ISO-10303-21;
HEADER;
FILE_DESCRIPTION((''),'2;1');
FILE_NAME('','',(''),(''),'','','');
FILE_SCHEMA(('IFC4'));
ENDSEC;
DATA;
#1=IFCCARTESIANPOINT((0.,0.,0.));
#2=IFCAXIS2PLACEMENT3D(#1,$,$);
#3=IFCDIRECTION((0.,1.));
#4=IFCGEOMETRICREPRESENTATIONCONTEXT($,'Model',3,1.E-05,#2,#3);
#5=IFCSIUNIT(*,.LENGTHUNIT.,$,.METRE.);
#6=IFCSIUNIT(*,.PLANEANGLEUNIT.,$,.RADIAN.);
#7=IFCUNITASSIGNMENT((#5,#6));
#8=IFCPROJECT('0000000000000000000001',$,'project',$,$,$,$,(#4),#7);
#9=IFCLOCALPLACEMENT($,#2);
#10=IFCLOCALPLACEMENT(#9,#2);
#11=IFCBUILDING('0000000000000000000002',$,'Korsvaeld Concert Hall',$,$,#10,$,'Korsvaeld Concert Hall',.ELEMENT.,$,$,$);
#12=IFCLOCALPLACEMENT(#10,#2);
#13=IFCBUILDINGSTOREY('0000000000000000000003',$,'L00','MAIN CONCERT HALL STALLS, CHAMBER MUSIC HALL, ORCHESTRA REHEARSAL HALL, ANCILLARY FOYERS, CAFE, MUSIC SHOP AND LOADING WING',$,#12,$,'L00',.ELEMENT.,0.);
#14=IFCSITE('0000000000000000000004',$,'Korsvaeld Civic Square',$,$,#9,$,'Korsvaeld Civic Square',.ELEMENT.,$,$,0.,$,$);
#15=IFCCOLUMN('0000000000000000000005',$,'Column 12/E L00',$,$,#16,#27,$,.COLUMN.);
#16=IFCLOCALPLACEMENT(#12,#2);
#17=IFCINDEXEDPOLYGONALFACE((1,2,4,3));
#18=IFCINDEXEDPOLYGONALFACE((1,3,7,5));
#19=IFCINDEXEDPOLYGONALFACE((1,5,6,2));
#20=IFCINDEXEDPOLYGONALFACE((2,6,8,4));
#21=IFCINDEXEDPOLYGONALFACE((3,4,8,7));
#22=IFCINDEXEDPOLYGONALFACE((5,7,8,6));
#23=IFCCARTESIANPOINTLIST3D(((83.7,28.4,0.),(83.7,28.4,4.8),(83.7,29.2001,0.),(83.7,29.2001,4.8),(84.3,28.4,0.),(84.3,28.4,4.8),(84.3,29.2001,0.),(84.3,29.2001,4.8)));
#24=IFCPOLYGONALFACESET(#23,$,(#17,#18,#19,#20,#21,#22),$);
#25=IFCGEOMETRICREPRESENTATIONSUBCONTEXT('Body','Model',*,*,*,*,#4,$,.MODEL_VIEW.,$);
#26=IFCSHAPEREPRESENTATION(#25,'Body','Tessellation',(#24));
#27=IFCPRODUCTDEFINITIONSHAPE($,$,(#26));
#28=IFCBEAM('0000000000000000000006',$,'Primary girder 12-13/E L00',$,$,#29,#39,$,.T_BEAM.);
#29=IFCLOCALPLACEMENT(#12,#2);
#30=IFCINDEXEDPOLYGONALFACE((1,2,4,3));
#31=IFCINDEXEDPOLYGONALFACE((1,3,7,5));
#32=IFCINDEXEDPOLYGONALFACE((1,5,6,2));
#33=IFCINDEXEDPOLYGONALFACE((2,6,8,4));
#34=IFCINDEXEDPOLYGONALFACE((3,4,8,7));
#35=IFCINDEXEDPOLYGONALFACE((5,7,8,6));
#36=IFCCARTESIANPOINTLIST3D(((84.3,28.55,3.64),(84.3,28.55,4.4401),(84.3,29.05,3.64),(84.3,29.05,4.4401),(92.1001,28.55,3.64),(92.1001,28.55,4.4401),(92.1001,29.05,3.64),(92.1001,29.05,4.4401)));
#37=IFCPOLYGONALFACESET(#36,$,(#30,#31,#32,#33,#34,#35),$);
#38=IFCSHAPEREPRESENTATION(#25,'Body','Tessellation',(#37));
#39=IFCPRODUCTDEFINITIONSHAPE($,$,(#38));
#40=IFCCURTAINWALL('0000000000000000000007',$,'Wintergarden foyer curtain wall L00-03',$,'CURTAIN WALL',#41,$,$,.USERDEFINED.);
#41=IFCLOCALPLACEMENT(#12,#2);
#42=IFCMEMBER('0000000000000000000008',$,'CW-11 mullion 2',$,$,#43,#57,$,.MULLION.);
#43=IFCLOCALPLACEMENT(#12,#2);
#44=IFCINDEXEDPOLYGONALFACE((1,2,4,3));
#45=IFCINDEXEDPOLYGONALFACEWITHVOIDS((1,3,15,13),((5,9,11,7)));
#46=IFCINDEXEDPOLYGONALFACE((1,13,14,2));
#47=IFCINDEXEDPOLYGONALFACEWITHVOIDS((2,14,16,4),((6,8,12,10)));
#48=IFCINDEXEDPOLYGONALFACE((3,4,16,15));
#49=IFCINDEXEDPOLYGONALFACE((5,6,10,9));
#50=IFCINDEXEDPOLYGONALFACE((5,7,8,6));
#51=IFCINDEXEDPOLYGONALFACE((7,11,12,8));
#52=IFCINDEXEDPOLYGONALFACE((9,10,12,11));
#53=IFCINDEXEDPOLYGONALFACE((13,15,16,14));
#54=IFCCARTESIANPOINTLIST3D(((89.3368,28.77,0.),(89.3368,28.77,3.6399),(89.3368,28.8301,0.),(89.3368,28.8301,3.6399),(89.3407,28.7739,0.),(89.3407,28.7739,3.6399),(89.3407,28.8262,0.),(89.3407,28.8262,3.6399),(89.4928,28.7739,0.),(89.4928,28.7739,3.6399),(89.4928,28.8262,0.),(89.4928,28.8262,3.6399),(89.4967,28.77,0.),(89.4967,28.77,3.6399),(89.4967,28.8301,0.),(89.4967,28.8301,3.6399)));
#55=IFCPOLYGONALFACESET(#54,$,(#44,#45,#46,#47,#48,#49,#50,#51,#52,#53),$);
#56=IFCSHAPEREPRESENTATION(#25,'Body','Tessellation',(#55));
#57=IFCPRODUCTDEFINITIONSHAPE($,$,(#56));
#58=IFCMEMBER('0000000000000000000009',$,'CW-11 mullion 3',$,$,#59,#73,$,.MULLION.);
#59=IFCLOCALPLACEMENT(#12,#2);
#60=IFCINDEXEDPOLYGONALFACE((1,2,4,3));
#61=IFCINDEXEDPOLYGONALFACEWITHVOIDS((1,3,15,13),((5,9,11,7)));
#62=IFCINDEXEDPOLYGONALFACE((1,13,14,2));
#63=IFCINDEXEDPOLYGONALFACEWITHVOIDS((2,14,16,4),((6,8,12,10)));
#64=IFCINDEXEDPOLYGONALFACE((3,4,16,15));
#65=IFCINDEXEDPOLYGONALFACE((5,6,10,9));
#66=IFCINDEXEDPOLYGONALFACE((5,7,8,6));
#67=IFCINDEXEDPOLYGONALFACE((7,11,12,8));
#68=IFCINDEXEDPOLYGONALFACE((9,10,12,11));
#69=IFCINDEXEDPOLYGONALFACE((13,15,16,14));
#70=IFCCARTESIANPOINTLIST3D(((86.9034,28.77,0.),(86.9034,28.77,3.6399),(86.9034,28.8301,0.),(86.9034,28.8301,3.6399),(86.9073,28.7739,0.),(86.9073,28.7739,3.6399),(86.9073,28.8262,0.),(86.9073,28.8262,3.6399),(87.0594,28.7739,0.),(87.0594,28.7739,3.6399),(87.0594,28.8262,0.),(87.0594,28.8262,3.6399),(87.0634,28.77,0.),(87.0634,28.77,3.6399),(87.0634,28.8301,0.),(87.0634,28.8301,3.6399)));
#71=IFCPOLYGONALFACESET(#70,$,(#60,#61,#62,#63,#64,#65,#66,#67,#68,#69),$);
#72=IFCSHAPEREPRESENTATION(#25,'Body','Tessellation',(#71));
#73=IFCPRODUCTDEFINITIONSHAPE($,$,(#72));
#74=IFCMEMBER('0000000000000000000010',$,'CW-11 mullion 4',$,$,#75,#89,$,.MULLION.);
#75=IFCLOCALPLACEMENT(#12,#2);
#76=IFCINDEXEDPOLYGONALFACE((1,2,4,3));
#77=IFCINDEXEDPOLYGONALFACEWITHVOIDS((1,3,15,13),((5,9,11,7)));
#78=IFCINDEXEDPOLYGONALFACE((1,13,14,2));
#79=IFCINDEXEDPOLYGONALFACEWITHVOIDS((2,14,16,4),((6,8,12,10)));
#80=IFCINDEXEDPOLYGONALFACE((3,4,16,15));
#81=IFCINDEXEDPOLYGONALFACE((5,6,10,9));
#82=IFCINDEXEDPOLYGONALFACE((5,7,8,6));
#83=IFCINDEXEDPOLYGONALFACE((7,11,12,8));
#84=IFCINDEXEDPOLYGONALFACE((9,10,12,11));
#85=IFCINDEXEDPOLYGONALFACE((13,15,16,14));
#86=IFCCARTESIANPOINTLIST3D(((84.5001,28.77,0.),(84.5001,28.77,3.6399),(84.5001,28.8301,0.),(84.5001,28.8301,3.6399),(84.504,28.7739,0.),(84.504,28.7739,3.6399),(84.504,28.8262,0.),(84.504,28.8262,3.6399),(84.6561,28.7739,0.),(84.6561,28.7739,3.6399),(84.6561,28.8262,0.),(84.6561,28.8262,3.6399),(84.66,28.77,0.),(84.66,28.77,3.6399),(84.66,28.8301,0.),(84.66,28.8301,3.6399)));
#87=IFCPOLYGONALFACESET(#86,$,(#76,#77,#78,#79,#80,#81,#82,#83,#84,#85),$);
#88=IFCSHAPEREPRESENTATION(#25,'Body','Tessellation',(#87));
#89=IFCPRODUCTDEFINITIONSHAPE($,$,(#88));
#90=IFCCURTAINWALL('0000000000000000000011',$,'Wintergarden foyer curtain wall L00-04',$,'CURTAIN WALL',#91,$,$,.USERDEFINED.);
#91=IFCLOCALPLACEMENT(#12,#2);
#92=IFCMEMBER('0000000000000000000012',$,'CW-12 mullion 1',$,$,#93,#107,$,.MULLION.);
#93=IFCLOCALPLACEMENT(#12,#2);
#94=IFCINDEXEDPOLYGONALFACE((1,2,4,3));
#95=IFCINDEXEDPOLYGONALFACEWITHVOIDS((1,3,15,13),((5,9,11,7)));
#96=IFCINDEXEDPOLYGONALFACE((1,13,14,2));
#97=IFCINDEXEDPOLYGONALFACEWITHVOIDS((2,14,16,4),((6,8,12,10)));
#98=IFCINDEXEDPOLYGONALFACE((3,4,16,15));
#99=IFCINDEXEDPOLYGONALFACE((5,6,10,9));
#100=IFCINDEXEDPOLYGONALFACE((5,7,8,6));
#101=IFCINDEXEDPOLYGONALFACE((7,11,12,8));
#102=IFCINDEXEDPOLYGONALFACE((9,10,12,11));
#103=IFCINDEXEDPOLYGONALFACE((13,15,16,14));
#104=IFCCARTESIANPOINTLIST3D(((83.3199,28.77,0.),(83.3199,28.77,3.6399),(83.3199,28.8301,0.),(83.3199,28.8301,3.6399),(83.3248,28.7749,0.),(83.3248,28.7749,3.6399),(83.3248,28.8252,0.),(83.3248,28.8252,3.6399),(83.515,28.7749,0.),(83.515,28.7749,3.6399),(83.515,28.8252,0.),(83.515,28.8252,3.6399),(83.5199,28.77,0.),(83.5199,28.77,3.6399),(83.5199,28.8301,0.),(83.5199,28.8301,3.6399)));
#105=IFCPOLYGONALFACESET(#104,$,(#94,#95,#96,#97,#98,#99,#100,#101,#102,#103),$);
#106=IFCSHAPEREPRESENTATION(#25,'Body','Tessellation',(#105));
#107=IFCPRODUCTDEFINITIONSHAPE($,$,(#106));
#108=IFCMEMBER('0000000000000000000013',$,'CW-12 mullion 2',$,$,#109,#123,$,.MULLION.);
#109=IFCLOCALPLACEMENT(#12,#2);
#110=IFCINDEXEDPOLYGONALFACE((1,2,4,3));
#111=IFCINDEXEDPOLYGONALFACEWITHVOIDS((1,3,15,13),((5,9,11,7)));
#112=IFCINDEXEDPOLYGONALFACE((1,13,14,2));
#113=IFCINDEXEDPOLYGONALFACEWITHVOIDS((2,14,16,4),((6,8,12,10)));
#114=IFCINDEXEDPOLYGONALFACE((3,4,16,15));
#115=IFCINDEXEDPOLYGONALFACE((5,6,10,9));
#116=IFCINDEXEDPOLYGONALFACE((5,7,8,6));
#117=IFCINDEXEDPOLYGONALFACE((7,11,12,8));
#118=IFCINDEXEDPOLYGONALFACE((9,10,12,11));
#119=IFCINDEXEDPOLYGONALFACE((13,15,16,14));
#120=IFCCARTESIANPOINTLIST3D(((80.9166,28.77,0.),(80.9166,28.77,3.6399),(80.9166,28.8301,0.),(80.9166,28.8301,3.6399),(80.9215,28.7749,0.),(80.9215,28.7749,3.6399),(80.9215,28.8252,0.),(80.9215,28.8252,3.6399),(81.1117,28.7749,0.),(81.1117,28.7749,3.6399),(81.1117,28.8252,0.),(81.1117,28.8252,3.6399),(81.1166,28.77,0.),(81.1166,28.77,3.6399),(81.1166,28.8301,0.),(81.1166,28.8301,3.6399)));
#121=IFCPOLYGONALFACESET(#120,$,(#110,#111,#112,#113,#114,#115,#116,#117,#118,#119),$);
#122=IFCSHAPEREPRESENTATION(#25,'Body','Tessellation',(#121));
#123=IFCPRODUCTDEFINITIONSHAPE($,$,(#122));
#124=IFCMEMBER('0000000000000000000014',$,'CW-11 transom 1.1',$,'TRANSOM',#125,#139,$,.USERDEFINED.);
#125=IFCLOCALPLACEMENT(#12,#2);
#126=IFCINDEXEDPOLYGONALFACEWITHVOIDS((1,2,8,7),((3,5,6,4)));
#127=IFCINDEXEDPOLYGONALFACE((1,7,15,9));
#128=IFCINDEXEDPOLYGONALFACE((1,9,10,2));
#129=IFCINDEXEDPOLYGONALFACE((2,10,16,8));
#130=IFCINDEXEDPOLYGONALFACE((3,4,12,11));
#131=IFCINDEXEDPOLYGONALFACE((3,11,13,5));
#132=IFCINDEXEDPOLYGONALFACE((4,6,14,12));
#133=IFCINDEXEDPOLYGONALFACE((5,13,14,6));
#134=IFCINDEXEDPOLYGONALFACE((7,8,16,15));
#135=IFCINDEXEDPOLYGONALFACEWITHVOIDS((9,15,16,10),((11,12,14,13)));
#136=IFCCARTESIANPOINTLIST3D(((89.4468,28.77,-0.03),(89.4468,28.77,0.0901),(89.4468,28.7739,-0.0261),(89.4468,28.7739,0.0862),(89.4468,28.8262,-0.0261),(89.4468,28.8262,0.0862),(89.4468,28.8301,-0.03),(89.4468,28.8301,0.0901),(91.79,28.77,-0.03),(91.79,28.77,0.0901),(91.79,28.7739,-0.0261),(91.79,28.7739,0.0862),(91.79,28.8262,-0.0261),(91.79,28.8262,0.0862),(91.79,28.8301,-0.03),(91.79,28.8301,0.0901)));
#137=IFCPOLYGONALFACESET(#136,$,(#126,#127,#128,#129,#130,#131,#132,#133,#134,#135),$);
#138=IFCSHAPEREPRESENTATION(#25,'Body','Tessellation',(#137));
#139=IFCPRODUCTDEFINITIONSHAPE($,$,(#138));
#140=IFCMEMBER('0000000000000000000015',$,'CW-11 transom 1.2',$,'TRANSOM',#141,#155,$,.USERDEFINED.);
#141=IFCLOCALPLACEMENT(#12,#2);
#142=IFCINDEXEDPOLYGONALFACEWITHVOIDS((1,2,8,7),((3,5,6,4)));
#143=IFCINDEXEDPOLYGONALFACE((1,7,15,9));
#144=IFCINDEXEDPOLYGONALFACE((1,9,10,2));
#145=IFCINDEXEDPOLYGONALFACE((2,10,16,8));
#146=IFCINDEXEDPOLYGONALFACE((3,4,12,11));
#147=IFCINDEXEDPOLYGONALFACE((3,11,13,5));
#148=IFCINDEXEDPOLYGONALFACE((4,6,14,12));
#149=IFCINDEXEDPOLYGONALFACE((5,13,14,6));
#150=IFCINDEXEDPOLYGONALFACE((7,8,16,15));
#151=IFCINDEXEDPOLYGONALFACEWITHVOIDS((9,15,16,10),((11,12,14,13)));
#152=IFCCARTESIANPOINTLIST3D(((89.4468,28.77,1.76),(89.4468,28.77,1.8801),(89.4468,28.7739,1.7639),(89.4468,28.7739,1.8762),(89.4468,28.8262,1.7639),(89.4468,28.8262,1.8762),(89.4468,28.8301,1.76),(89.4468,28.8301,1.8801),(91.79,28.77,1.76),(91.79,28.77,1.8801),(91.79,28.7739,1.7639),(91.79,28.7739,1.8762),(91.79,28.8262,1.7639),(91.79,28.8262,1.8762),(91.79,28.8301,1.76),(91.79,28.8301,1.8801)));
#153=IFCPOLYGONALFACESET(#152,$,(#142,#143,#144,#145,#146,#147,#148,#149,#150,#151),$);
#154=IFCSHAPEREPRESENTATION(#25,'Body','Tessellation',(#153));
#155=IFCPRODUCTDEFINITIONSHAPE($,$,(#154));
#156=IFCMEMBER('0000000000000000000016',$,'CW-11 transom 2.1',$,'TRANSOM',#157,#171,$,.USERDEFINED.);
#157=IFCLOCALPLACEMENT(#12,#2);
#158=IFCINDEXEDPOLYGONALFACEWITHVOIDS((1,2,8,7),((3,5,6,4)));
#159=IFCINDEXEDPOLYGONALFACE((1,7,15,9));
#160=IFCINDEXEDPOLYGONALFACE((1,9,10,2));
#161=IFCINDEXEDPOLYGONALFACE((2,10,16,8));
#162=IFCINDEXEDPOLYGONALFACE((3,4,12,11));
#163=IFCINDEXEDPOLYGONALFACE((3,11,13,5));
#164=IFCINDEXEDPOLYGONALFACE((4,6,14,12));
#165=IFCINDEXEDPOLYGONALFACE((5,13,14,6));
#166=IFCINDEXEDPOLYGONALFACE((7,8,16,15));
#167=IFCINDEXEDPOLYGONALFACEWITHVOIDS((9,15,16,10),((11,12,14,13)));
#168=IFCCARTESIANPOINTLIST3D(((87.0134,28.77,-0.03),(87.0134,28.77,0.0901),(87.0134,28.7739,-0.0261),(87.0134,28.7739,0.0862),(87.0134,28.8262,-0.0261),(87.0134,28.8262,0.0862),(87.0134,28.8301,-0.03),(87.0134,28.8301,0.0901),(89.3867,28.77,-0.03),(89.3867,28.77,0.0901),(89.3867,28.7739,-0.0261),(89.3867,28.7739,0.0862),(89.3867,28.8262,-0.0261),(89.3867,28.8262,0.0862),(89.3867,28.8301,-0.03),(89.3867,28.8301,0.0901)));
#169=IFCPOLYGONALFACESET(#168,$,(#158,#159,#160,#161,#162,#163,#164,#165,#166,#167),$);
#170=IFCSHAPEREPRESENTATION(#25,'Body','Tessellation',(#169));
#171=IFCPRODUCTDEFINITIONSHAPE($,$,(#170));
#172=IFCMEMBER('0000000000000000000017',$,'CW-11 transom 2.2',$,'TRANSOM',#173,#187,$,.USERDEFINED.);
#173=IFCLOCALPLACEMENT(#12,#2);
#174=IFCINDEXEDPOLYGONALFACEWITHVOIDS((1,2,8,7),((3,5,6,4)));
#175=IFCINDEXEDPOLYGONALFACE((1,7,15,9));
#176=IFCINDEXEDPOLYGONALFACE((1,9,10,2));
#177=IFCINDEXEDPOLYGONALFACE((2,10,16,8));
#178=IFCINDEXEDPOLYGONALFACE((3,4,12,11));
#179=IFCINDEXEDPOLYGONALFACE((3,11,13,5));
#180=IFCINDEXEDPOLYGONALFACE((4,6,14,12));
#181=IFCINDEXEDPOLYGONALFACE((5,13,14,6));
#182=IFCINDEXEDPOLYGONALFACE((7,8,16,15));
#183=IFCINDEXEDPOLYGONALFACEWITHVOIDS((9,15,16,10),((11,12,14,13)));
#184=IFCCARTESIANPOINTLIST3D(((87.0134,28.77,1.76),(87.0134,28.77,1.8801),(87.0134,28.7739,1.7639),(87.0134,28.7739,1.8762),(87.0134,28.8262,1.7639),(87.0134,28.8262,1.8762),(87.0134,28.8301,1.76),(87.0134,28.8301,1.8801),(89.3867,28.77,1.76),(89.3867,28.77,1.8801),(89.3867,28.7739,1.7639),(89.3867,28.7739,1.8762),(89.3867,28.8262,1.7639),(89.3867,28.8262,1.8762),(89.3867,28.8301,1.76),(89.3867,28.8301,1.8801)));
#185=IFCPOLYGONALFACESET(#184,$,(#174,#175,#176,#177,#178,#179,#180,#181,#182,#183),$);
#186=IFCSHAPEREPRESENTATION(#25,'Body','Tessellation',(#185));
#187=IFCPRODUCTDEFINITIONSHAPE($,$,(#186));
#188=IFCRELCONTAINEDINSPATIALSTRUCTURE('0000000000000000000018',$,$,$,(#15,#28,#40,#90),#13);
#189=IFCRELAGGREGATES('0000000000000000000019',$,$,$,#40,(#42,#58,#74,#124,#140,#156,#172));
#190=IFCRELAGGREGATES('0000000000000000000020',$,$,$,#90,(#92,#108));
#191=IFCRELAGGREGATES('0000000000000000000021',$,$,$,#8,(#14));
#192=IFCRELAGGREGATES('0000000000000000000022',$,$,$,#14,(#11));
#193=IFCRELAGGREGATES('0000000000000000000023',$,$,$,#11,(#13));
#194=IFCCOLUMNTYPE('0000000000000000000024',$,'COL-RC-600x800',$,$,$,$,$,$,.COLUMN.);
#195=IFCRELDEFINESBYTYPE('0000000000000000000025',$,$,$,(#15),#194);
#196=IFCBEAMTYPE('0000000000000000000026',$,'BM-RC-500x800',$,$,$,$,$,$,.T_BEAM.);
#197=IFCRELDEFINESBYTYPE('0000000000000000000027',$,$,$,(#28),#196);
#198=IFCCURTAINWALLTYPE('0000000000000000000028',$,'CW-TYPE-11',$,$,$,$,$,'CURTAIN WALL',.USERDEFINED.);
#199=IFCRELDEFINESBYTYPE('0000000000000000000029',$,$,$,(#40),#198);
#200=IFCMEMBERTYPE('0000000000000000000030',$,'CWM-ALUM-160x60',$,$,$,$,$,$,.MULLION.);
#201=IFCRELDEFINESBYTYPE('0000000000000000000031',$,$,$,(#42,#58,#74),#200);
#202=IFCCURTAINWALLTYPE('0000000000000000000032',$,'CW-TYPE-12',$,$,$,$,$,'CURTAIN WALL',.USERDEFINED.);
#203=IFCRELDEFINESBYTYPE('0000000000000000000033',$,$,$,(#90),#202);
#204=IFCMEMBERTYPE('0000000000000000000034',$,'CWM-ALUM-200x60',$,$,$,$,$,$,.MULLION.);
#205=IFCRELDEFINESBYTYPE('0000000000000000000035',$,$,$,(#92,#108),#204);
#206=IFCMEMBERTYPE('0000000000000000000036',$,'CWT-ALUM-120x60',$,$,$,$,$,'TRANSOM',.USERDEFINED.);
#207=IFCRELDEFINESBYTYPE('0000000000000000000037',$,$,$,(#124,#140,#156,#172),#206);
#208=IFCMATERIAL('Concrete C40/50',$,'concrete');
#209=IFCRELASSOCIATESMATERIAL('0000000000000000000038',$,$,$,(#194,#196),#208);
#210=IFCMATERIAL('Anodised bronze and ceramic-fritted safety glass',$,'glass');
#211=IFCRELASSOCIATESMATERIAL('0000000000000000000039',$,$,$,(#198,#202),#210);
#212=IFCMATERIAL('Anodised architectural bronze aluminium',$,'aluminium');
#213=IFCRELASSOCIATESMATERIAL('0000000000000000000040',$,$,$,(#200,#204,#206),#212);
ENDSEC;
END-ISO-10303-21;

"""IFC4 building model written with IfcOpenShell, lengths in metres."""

from ifc_helpers import new_model, si_unit, direction, frame, origin, origin_2d, place, context, subcontext, project, spatial, rectangle, hollow_rectangle, extrude, material, material_profile, profile_set, type_object, element, aggregate, save


model = new_model("IFC4")

# Units and contexts
model_context = context("Model", 3, precision=1e-05, world=origin(), true_north=direction((0.0, 1.0)))
body_context = subcontext(model_context, "Body", "Model", "MODEL_VIEW")
ifc_project = project(units=[si_unit("LENGTHUNIT", "METRE"), si_unit("PLANEANGLEUNIT", "RADIAN")], contexts=[model_context])

# Site, building, storey
site_placement = place(None, origin())
site = spatial("IfcSite", under=ifc_project, at=site_placement, Name="Korsvaeld Civic Square", LongName="Korsvaeld Civic Square", CompositionType="ELEMENT", RefElevation=0.0)
building_placement = place(site_placement, origin())
building = spatial("IfcBuilding", under=site, at=building_placement, Name="Korsvaeld Concert Hall", LongName="Korsvaeld Concert Hall", CompositionType="ELEMENT")
storey_placement = place(building_placement, origin())
storey = spatial("IfcBuildingStorey", under=building, at=storey_placement, Name="L00", Description="MAIN CONCERT HALL STALLS, CHAMBER MUSIC HALL, ORCHESTRA REHEARSAL HALL, ANCILLARY FOYERS, CAFE, MUSIC SHOP AND LOADING WING", LongName="L00", CompositionType="ELEMENT", Elevation=0.0)

# Column
ifc_material_1 = material(Name="Concrete C40/50", Category="concrete")
ifc_material_profile_1 = material_profile(ifc_material_1, rectangle(XDim=0.6001, YDim=0.8, at=origin_2d()), Name="RC 600x800")
ifc_profile_set_1 = profile_set([ifc_material_profile_1], Name="Concrete C40/50")
column_type = type_object("IfcColumnType", Name="COL-RC-600x800", PredefinedType="COLUMN", material=ifc_profile_set_1)
column_placement = place(storey_placement, frame((84.0, 28.8, 0.0), z_axis=(0.0, 0.0, 1.0), x_axis=(1.0, 0.0, 0.0)))
element("IfcColumn", 1, at=column_placement, inside=storey, type_object=column_type, Name="Column 12/E L00", PredefinedType="COLUMN", context=body_context, shape_type="SweptSolid", body=[
    extrude(rectangle(XDim=0.6001, YDim=0.8, at=origin_2d()), origin(), (0.0, 0.0, 1.0), 4.8),
])

# Beam
ifc_material_profile_2 = material_profile(ifc_material_1, rectangle(XDim=0.5, YDim=0.8, at=origin_2d()), Name="RC 500x800")
ifc_profile_set_2 = profile_set([ifc_material_profile_2], Name="Concrete C40/50")
beam_type = type_object("IfcBeamType", Name="BM-RC-500x800", PredefinedType="T_BEAM", material=ifc_profile_set_2)
beam_placement = place(storey_placement, frame((84.3, 28.8, 4.04), z_axis=(1.0, 0.0, 0.0), x_axis=(0.0, 1.0, 0.0)))
element("IfcBeam", 2, at=beam_placement, inside=storey, type_object=beam_type, Name="Primary girder 12-13/E L00", PredefinedType="T_BEAM", context=body_context, shape_type="SweptSolid", body=[
    extrude(rectangle(XDim=0.5, YDim=0.8, at=origin_2d()), origin(), (0.0, 0.0, 1.0), 7.8),
])

# Curtain walls, members
ifc_material_2 = material(Name="Anodised bronze and ceramic-fritted safety glass", Category="glass")
curtain_wall_type_1 = type_object("IfcCurtainWallType", Name="CW-TYPE-11", ElementType="CURTAIN WALL", PredefinedType="USERDEFINED", material=ifc_material_2)
curtain_wall_1_placement = place(storey_placement, origin())
curtain_wall_1 = element("IfcCurtainWall", 3, at=curtain_wall_1_placement, inside=storey, type_object=curtain_wall_type_1, Name="Wintergarden foyer curtain wall L00-03", ObjectType="CURTAIN WALL", PredefinedType="USERDEFINED")
ifc_material_3 = material(Name="Anodised architectural bronze aluminium", Category="aluminium")
ifc_material_profile_3 = material_profile(ifc_material_3, hollow_rectangle(XDim=0.0601, YDim=0.1599, WallThickness=0.0039, at=origin_2d()), Name="CWM 160x60x4")
ifc_profile_set_3 = profile_set([ifc_material_profile_3], Name="Anodised architectural bronze aluminium")
member_type_1 = type_object("IfcMemberType", Name="CWM-ALUM-160x60", PredefinedType="MULLION", material=ifc_profile_set_3)
member_1_placement = place(storey_placement, frame((89.4167, 28.8, 0.0), z_axis=(0.0, 0.0, 1.0), x_axis=(0.0, -1.0, 0.0)))
member_1 = element("IfcMember", 4, at=member_1_placement, type_object=member_type_1, Name="CW-11 mullion 2", PredefinedType="MULLION", context=body_context, shape_type="SweptSolid", body=[
    extrude(hollow_rectangle(XDim=0.0601, YDim=0.1599, WallThickness=0.0039, at=origin_2d()), origin(), (0.0, 0.0, 1.0), 3.6399),
])
member_2_placement = place(storey_placement, frame((86.9834, 28.8, 0.0), z_axis=(0.0, 0.0, 1.0), x_axis=(0.0, -1.0, 0.0)))
member_2 = element("IfcMember", 5, at=member_2_placement, type_object=member_type_1, Name="CW-11 mullion 3", PredefinedType="MULLION", context=body_context, shape_type="SweptSolid", body=[
    extrude(hollow_rectangle(XDim=0.0601, YDim=0.1599, WallThickness=0.0039, at=origin_2d()), origin(), (0.0, 0.0, 1.0), 3.6399),
])
member_3_placement = place(storey_placement, frame((84.5801, 28.8, 0.0), z_axis=(0.0, 0.0, 1.0), x_axis=(0.0, -1.0, 0.0)))
member_3 = element("IfcMember", 6, at=member_3_placement, type_object=member_type_1, Name="CW-11 mullion 4", PredefinedType="MULLION", context=body_context, shape_type="SweptSolid", body=[
    extrude(hollow_rectangle(XDim=0.0601, YDim=0.1599, WallThickness=0.0039, at=origin_2d()), origin(), (0.0, 0.0, 1.0), 3.6399),
])
curtain_wall_type_2 = type_object("IfcCurtainWallType", Name="CW-TYPE-12", ElementType="CURTAIN WALL", PredefinedType="USERDEFINED", material=ifc_material_2)
curtain_wall_2_placement = place(storey_placement, origin())
curtain_wall_2 = element("IfcCurtainWall", 7, at=curtain_wall_2_placement, inside=storey, type_object=curtain_wall_type_2, Name="Wintergarden foyer curtain wall L00-04", ObjectType="CURTAIN WALL", PredefinedType="USERDEFINED")
ifc_material_profile_4 = material_profile(ifc_material_3, hollow_rectangle(XDim=0.0601, YDim=0.2, WallThickness=0.0049, at=origin_2d()), Name="CWM 200x60x5")
ifc_profile_set_4 = profile_set([ifc_material_profile_4], Name="Anodised architectural bronze aluminium")
member_type_2 = type_object("IfcMemberType", Name="CWM-ALUM-200x60", PredefinedType="MULLION", material=ifc_profile_set_4)
member_4_placement = place(storey_placement, frame((83.4199, 28.8, 0.0), z_axis=(0.0, 0.0, 1.0), x_axis=(0.0, -1.0, 0.0)))
member_4 = element("IfcMember", 8, at=member_4_placement, type_object=member_type_2, Name="CW-12 mullion 1", PredefinedType="MULLION", context=body_context, shape_type="SweptSolid", body=[
    extrude(hollow_rectangle(XDim=0.0601, YDim=0.2, WallThickness=0.0049, at=origin_2d()), origin(), (0.0, 0.0, 1.0), 3.6399),
])
member_5_placement = place(storey_placement, frame((81.0166, 28.8, 0.0), z_axis=(0.0, 0.0, 1.0), x_axis=(0.0, -1.0, 0.0)))
member_5 = element("IfcMember", 9, at=member_5_placement, type_object=member_type_2, Name="CW-12 mullion 2", PredefinedType="MULLION", context=body_context, shape_type="SweptSolid", body=[
    extrude(hollow_rectangle(XDim=0.0601, YDim=0.2, WallThickness=0.0049, at=origin_2d()), origin(), (0.0, 0.0, 1.0), 3.6399),
])

# Members
ifc_material_profile_5 = material_profile(ifc_material_3, hollow_rectangle(XDim=0.0601, YDim=0.1201, WallThickness=0.0039, at=origin_2d()), Name="CWT 120x60x4")
ifc_profile_set_5 = profile_set([ifc_material_profile_5], Name="Anodised architectural bronze aluminium")
member_type_3 = type_object("IfcMemberType", Name="CWT-ALUM-120x60", ElementType="TRANSOM", PredefinedType="USERDEFINED", material=ifc_profile_set_5)
member_6_placement = place(storey_placement, frame((91.79, 28.8, 0.03), z_axis=(-1.0, 0.0, 0.0), x_axis=(0.0, -1.0, 0.0)))
member_6 = element("IfcMember", 10, at=member_6_placement, type_object=member_type_3, Name="CW-11 transom 1.1", ObjectType="TRANSOM", PredefinedType="USERDEFINED", context=body_context, shape_type="SweptSolid", body=[
    extrude(hollow_rectangle(XDim=0.0601, YDim=0.1201, WallThickness=0.0039, at=origin_2d()), origin(), (0.0, 0.0, 1.0), 2.3433),
])
member_7_placement = place(storey_placement, frame((91.79, 28.8, 1.8201), z_axis=(-1.0, 0.0, 0.0), x_axis=(0.0, -1.0, 0.0)))
member_7 = element("IfcMember", 11, at=member_7_placement, type_object=member_type_3, Name="CW-11 transom 1.2", ObjectType="TRANSOM", PredefinedType="USERDEFINED", context=body_context, shape_type="SweptSolid", body=[
    extrude(hollow_rectangle(XDim=0.0601, YDim=0.1201, WallThickness=0.0039, at=origin_2d()), origin(), (0.0, 0.0, 1.0), 2.3433),
])
member_8_placement = place(storey_placement, frame((89.3867, 28.8, 0.03), z_axis=(-1.0, 0.0, 0.0), x_axis=(0.0, -1.0, 0.0)))
member_8 = element("IfcMember", 12, at=member_8_placement, type_object=member_type_3, Name="CW-11 transom 2.1", ObjectType="TRANSOM", PredefinedType="USERDEFINED", context=body_context, shape_type="SweptSolid", body=[
    extrude(hollow_rectangle(XDim=0.0601, YDim=0.1201, WallThickness=0.0039, at=origin_2d()), origin(), (0.0, 0.0, 1.0), 2.3733),
])
member_9_placement = place(storey_placement, frame((89.3867, 28.8, 1.8201), z_axis=(-1.0, 0.0, 0.0), x_axis=(0.0, -1.0, 0.0)))
member_9 = element("IfcMember", 13, at=member_9_placement, type_object=member_type_3, Name="CW-11 transom 2.2", ObjectType="TRANSOM", PredefinedType="USERDEFINED", context=body_context, shape_type="SweptSolid", body=[
    extrude(hollow_rectangle(XDim=0.0601, YDim=0.1201, WallThickness=0.0039, at=origin_2d()), origin(), (0.0, 0.0, 1.0), 2.3733),
])

aggregate(curtain_wall_1, [member_1, member_2, member_3, member_6, member_7, member_8, member_9])
aggregate(curtain_wall_2, [member_4, member_5])

save(model, "model.ifc")
